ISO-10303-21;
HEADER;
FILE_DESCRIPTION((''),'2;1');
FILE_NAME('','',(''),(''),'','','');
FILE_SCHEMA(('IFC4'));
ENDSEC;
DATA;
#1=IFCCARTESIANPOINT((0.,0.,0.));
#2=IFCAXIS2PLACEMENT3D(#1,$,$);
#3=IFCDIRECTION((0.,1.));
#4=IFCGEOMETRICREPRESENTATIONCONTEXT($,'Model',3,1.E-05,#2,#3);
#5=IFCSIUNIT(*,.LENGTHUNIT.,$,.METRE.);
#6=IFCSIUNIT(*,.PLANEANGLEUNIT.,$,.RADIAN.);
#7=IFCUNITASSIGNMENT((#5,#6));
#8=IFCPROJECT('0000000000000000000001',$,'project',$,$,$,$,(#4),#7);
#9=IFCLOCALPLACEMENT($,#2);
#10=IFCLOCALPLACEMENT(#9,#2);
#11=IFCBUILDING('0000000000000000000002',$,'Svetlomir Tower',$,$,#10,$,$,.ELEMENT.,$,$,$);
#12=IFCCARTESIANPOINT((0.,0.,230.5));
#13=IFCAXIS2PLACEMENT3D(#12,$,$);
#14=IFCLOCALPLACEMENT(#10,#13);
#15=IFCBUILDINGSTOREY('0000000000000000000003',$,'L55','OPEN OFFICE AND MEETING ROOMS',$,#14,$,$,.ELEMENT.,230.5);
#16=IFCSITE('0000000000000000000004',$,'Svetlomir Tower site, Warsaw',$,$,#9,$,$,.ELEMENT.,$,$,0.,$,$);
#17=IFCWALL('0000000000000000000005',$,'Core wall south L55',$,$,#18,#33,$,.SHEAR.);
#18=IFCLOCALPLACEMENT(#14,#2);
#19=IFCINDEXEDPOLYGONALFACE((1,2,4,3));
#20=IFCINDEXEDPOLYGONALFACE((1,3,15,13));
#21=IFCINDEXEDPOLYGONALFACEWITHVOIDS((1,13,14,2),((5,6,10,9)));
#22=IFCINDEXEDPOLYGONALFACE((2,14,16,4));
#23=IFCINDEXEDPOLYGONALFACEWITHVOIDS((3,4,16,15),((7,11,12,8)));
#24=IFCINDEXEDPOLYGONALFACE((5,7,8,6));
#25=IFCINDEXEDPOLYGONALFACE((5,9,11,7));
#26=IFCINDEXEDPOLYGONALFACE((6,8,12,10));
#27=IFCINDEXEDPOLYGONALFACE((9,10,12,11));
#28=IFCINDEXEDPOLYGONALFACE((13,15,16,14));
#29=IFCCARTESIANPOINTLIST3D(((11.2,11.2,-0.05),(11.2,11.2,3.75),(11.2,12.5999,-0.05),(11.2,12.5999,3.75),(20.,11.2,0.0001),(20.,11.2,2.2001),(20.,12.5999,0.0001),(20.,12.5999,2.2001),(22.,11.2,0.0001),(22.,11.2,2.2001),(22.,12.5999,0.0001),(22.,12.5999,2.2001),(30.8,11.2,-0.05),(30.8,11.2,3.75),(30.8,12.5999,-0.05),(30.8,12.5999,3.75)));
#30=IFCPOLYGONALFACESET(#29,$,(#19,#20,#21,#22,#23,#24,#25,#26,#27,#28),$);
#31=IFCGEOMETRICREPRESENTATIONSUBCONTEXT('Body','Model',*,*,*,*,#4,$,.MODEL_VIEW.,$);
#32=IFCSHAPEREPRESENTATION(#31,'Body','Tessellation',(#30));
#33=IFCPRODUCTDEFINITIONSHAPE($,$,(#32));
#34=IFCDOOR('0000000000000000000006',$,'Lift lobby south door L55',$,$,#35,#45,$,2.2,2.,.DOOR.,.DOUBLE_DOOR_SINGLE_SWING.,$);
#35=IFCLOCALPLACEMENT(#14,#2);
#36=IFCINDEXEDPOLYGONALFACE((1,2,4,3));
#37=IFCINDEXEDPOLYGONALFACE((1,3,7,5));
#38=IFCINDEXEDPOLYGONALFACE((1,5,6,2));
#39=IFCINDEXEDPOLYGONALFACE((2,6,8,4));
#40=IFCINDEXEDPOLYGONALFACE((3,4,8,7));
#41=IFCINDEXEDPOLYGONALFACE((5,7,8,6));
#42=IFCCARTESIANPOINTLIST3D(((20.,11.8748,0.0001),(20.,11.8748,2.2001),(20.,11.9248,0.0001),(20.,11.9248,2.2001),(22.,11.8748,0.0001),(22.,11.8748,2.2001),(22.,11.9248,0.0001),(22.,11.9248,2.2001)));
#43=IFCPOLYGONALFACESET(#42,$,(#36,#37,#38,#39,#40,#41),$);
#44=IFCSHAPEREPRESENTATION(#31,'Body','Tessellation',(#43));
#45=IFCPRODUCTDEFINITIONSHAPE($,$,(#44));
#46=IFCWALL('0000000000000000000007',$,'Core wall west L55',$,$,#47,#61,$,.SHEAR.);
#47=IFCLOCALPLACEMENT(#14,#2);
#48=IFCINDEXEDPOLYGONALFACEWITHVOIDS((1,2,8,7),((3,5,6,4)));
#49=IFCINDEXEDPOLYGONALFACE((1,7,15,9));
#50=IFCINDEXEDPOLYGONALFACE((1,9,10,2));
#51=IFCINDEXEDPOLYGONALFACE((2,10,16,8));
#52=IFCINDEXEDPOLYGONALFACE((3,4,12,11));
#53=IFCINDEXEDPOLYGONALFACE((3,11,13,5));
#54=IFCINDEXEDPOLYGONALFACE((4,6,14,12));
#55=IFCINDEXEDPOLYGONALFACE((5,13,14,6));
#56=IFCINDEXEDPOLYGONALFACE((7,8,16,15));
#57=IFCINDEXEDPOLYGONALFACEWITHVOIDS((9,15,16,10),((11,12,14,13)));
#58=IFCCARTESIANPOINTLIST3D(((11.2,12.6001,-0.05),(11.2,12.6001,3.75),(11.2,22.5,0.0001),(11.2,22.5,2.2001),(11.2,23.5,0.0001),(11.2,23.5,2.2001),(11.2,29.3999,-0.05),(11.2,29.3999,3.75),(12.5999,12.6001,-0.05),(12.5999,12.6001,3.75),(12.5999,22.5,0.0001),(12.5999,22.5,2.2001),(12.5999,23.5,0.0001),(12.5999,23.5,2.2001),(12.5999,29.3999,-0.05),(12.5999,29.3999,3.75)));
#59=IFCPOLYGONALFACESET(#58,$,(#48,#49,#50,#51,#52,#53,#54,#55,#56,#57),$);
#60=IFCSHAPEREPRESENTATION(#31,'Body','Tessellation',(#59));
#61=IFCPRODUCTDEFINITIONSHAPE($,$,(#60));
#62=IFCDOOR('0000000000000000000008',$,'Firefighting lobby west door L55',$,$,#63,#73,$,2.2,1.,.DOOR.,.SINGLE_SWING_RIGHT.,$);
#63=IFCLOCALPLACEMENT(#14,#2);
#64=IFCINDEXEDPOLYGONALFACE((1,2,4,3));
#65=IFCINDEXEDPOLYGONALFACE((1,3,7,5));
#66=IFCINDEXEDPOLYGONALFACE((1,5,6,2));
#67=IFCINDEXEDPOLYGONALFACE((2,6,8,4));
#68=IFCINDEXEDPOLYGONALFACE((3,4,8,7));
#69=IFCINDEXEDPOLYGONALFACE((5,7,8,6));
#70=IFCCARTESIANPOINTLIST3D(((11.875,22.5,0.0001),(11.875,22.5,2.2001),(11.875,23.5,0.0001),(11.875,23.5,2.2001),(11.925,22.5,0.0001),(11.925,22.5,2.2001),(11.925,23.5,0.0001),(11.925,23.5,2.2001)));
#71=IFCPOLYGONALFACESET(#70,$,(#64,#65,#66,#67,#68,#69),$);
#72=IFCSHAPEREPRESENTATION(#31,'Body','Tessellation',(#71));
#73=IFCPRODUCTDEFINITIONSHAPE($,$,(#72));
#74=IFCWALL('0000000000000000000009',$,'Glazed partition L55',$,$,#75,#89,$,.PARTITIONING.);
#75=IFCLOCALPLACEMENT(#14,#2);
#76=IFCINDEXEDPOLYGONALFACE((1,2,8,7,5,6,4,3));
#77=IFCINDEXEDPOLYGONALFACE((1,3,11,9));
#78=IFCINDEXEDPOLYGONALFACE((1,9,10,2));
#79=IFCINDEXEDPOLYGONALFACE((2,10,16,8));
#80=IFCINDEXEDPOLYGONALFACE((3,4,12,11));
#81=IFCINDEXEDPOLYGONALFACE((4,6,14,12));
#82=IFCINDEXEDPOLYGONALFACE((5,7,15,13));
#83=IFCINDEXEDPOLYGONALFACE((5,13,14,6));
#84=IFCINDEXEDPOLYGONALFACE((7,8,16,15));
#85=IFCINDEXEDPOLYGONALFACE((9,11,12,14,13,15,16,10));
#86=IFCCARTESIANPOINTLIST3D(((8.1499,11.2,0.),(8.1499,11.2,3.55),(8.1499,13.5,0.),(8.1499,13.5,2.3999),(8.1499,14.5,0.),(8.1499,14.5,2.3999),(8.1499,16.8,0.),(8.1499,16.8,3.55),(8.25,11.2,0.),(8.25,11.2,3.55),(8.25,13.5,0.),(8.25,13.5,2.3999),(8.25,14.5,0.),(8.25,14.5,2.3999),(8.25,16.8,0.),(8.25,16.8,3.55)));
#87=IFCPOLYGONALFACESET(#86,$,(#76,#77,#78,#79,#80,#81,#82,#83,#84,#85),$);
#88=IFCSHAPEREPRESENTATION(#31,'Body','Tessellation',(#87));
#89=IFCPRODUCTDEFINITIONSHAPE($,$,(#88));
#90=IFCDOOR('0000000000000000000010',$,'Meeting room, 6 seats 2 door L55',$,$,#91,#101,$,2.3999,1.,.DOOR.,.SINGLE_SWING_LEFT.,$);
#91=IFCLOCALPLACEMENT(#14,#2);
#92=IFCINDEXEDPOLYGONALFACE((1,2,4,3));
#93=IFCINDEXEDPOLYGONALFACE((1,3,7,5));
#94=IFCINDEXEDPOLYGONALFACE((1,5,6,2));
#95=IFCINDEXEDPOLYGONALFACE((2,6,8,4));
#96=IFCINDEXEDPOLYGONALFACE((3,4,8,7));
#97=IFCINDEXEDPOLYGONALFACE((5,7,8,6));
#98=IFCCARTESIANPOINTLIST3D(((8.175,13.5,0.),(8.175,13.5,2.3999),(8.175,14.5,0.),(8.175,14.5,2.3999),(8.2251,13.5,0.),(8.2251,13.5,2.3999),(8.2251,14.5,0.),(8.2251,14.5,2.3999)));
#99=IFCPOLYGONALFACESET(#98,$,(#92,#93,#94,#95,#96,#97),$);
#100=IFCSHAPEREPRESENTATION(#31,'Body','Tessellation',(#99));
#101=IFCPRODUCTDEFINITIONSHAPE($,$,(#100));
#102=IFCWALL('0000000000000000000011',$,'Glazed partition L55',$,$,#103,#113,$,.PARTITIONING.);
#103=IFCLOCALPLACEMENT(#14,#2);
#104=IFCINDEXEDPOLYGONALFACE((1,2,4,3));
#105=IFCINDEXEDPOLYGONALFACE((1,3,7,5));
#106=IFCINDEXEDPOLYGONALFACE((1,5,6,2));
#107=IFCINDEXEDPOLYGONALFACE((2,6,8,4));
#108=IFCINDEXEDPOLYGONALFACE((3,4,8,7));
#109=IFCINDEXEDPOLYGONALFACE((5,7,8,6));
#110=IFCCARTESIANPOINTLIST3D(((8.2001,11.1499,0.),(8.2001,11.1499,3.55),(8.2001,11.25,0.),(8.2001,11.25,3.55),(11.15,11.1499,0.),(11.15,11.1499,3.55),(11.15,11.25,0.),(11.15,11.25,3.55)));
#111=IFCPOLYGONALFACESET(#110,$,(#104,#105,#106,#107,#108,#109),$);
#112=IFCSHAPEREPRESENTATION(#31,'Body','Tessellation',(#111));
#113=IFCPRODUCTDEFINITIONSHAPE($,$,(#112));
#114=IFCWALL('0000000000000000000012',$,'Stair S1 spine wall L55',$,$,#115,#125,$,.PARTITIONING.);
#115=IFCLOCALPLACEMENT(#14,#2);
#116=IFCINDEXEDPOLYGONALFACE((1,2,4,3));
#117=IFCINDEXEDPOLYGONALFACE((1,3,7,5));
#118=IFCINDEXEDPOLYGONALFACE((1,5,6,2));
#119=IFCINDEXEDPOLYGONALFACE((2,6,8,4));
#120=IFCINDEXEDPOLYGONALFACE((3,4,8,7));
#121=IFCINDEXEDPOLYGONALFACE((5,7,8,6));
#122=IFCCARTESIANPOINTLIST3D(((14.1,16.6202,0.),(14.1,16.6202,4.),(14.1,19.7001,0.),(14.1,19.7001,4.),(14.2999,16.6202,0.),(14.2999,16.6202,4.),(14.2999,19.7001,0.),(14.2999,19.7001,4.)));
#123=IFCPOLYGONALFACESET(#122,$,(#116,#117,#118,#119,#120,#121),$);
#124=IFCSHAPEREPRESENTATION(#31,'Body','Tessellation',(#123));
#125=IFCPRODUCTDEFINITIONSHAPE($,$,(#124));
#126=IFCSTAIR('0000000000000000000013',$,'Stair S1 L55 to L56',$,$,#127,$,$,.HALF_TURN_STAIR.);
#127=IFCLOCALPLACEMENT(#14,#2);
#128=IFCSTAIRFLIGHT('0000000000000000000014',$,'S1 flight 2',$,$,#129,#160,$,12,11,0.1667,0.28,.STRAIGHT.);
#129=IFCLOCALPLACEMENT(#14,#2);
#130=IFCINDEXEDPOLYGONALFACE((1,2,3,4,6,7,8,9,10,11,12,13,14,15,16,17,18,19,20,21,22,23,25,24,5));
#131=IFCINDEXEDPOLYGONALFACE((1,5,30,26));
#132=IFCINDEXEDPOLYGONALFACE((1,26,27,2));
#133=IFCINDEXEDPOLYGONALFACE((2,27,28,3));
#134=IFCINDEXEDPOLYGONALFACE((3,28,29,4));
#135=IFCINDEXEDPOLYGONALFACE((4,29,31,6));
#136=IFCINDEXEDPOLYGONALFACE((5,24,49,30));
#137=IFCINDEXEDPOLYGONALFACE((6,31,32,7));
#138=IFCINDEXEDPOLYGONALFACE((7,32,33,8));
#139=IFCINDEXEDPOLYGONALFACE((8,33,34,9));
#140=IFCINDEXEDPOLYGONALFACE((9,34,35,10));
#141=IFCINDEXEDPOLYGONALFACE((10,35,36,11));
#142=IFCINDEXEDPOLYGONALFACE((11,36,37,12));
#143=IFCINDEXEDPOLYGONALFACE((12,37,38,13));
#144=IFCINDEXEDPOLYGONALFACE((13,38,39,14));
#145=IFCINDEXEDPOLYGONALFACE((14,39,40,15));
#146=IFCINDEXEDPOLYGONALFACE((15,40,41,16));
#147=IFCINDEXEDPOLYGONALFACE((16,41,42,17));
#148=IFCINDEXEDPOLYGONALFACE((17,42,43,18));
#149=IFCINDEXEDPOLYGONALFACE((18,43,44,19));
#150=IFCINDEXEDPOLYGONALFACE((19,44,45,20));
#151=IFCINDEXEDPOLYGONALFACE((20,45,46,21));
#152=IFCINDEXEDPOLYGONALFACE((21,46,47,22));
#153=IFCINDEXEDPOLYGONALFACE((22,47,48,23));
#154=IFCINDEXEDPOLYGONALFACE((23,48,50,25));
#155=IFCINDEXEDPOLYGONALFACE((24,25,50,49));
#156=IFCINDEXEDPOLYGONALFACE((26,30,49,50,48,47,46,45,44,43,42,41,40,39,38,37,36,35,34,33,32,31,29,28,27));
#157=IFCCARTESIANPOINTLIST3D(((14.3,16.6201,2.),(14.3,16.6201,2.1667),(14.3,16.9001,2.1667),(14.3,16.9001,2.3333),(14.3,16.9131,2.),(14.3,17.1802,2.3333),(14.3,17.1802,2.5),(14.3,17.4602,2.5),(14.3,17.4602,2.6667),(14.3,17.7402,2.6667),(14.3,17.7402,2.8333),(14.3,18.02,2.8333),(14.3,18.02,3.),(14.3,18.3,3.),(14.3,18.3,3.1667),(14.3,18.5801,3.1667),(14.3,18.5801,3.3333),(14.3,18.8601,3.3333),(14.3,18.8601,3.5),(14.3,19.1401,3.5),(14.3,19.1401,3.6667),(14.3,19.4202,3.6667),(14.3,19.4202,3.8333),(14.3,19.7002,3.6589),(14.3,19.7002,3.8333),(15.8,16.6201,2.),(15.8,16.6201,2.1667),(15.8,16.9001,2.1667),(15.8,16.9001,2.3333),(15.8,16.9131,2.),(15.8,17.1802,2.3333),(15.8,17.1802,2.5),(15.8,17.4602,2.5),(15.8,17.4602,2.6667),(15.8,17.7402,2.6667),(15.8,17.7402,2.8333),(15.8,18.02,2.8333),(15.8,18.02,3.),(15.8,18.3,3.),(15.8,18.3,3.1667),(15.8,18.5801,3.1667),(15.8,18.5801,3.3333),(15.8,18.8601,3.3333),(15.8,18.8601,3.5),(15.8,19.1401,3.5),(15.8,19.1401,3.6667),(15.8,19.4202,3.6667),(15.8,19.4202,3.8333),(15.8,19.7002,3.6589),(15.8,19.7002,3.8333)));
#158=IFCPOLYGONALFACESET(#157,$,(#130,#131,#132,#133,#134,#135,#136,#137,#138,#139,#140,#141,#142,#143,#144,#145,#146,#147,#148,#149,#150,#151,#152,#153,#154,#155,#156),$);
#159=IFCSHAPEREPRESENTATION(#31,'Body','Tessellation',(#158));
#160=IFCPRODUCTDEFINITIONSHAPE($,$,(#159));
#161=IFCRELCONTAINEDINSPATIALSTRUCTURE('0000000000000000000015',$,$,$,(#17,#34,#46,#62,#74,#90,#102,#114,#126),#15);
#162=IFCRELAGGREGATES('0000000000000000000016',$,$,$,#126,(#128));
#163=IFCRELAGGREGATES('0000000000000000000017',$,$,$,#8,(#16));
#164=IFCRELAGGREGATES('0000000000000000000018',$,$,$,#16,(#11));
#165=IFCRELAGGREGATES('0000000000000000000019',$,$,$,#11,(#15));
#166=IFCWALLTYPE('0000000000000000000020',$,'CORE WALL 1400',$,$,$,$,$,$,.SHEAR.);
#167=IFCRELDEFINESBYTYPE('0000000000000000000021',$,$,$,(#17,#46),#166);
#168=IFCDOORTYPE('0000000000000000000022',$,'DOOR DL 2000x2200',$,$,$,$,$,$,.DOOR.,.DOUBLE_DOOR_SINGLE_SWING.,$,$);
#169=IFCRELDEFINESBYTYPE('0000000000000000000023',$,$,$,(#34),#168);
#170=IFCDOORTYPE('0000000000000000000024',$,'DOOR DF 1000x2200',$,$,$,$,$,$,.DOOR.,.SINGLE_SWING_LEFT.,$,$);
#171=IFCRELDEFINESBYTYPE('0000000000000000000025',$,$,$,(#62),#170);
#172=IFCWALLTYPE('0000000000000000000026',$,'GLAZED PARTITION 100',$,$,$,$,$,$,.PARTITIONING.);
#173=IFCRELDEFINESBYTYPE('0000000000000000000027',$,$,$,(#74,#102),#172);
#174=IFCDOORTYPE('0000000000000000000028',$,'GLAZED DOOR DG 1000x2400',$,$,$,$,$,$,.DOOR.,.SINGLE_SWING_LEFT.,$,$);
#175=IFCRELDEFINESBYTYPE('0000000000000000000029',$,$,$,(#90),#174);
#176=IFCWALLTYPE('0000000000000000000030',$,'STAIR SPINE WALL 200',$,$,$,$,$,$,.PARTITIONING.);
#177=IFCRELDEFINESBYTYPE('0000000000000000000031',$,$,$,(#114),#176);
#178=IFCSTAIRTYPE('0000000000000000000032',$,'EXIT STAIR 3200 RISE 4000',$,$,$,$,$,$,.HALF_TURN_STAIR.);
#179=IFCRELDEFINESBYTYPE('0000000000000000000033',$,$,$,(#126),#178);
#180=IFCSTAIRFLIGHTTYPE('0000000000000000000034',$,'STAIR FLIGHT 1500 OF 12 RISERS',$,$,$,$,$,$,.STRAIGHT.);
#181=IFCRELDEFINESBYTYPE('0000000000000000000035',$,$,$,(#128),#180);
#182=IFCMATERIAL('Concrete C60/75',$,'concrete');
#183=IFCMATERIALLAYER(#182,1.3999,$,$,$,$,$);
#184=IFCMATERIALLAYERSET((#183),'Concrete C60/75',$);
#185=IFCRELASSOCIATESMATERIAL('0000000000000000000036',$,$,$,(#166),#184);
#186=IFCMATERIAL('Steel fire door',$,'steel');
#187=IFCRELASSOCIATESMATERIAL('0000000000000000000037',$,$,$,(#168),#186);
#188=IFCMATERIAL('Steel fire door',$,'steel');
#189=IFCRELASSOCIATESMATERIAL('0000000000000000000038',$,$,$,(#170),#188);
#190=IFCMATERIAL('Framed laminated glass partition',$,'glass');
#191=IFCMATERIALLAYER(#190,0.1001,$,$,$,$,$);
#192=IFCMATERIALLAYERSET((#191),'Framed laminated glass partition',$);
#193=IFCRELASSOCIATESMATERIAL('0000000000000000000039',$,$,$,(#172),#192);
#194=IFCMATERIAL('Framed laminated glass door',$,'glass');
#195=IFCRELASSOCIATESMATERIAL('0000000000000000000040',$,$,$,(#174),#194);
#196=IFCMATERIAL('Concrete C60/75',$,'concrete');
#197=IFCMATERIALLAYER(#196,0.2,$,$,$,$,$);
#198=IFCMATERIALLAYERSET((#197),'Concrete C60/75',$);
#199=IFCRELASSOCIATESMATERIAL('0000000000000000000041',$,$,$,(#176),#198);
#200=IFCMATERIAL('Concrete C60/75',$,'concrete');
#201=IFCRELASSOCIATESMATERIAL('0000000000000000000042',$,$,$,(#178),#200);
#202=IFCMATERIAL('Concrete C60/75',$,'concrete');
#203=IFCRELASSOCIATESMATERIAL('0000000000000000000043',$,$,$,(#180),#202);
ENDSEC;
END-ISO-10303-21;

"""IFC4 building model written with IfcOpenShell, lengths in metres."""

from ifc_helpers import new_model, si_unit, direction, frame, frame_2d, origin, place, context, subcontext, project, spatial, polyline, rectangle, outline, extrude, material, layer, layer_set, type_object, element, fill, aggregate, save


model = new_model("IFC4")

# Units and contexts
model_context = context("Model", 3, precision=1e-05, world=origin(), true_north=direction((0.0, 1.0)))
body_context = subcontext(model_context, "Body", "Model", "MODEL_VIEW")
ifc_project = project(units=[si_unit("LENGTHUNIT", "METRE"), si_unit("PLANEANGLEUNIT", "RADIAN")], contexts=[model_context])

# Site, building, storey
site_placement = place(None, origin())
site = spatial("IfcSite", under=ifc_project, at=site_placement, Name="Svetlomir Tower site, Warsaw", CompositionType="ELEMENT", RefElevation=0.0)
building_placement = place(site_placement, origin())
building = spatial("IfcBuilding", under=site, at=building_placement, Name="Svetlomir Tower", CompositionType="ELEMENT")
storey_placement = place(building_placement, frame((0.0, 0.0, 230.5)))
storey = spatial("IfcBuildingStorey", under=building, at=storey_placement, Name="L55", Description="OPEN OFFICE AND MEETING ROOMS", CompositionType="ELEMENT", Elevation=230.5)

# Walls, openings, doors
ifc_material_1 = material(Name="Concrete C60/75", Category="concrete")
ifc_layer_1 = layer(ifc_material_1, 1.3999)
ifc_layer_set_1 = layer_set([ifc_layer_1], Name="Concrete C60/75")
wall_type_1 = type_object("IfcWallType", Name="CORE WALL 1400", PredefinedType="SHEAR", material=ifc_layer_set_1)
wall_1_placement = place(storey_placement, frame((11.2, 11.8999, -0.05), z_axis=(0.0, 0.0, 1.0), x_axis=(1.0, 0.0, 0.0)))
wall_1 = element("IfcWall", 1, at=wall_1_placement, inside=storey, type_object=wall_type_1, Name="Core wall south L55", PredefinedType="SHEAR", context=body_context, shape_type="SweptSolid", body=[
    extrude(rectangle(XDim=19.6001, YDim=1.3999, at=frame_2d((9.8, 0.0))), origin(), (0.0, 0.0, 1.0), 3.8),
])
opening_1_placement = place(wall_1_placement, frame((8.8, 0.0, 0.05)))
opening_1 = element("IfcOpeningElement", 2, at=opening_1_placement, cuts=wall_1, PredefinedType="OPENING", context=body_context, shape_type="SweptSolid", body=[
    extrude(rectangle(XDim=2.0, YDim=2.2, at=frame_2d((1.0, 1.1001))), frame((0.0, 0.71, 0.0), z_axis=(0.0, -1.0, 0.0), x_axis=(1.0, 0.0, 0.0)), (0.0, 0.0, 1.0), 1.4199),
])
ifc_material_2 = material(Name="Steel fire door", Category="steel")
door_type_1 = type_object("IfcDoorType", Name="DOOR DL 2000x2200", OperationType="DOUBLE_DOOR_SINGLE_SWING", PredefinedType="DOOR", material=ifc_material_2)
door_1_placement = place(opening_1_placement, origin())
door_1 = element("IfcDoor", 3, at=door_1_placement, inside=storey, type_object=door_type_1, Name="Lift lobby south door L55", OperationType="DOUBLE_DOOR_SINGLE_SWING", OverallHeight=2.2, OverallWidth=2.0, PredefinedType="DOOR", context=body_context, shape_type="SweptSolid", body=[
    extrude(rectangle(XDim=2.0, YDim=2.2, at=frame_2d((1.0, 1.1001))), frame((0.0, 0.0249, 0.0), z_axis=(0.0, -1.0, 0.0), x_axis=(1.0, 0.0, 0.0)), (0.0, 0.0, 1.0), 0.05),
])
fill(opening_1, door_1)
wall_2_placement = place(storey_placement, frame((11.8999, 12.6001, -0.05), z_axis=(0.0, 0.0, 1.0), x_axis=(0.0, 1.0, 0.0)))
wall_2 = element("IfcWall", 4, at=wall_2_placement, inside=storey, type_object=wall_type_1, Name="Core wall west L55", PredefinedType="SHEAR", context=body_context, shape_type="SweptSolid", body=[
    extrude(rectangle(XDim=16.7998, YDim=1.3999, at=frame_2d((8.3999, 0.0))), origin(), (0.0, 0.0, 1.0), 3.8),
])
opening_2_placement = place(wall_2_placement, frame((9.8999, 0.0, 0.05)))
opening_2 = element("IfcOpeningElement", 5, at=opening_2_placement, cuts=wall_2, PredefinedType="OPENING", context=body_context, shape_type="SweptSolid", body=[
    extrude(rectangle(XDim=1.0, YDim=2.2, at=frame_2d((0.5, 1.1001))), frame((0.0, 0.71, 0.0), z_axis=(0.0, -1.0, 0.0), x_axis=(1.0, 0.0, 0.0)), (0.0, 0.0, 1.0), 1.4199),
])
ifc_material_3 = material(Name="Steel fire door", Category="steel")
door_type_2 = type_object("IfcDoorType", Name="DOOR DF 1000x2200", OperationType="SINGLE_SWING_LEFT", PredefinedType="DOOR", material=ifc_material_3)
door_2_placement = place(opening_2_placement, origin())
door_2 = element("IfcDoor", 6, at=door_2_placement, inside=storey, type_object=door_type_2, Name="Firefighting lobby west door L55", OperationType="SINGLE_SWING_RIGHT", OverallHeight=2.2, OverallWidth=1.0, PredefinedType="DOOR", context=body_context, shape_type="SweptSolid", body=[
    extrude(rectangle(XDim=1.0, YDim=2.2, at=frame_2d((0.5, 1.1001))), frame((0.0, 0.0249, 0.0), z_axis=(0.0, -1.0, 0.0), x_axis=(1.0, 0.0, 0.0)), (0.0, 0.0, 1.0), 0.05),
])
fill(opening_2, door_2)
ifc_material_4 = material(Name="Framed laminated glass partition", Category="glass")
ifc_layer_2 = layer(ifc_material_4, 0.1001)
ifc_layer_set_2 = layer_set([ifc_layer_2], Name="Framed laminated glass partition")
wall_type_2 = type_object("IfcWallType", Name="GLAZED PARTITION 100", PredefinedType="PARTITIONING", material=ifc_layer_set_2)
wall_3_placement = place(storey_placement, frame((8.2, 11.2, 0.0), z_axis=(0.0, 0.0, 1.0), x_axis=(0.0, 1.0, 0.0)))
wall_3 = element("IfcWall", 7, at=wall_3_placement, inside=storey, type_object=wall_type_2, Name="Glazed partition L55", PredefinedType="PARTITIONING", context=body_context, shape_type="SweptSolid", body=[
    extrude(rectangle(XDim=5.6001, YDim=0.1001, at=frame_2d((2.8, 0.0))), origin(), (0.0, 0.0, 1.0), 3.55),
])
opening_3_placement = place(wall_3_placement, frame((2.3, 0.0, 0.0)))
opening_3 = element("IfcOpeningElement", 8, at=opening_3_placement, cuts=wall_3, PredefinedType="OPENING", context=body_context, shape_type="SweptSolid", body=[
    extrude(rectangle(XDim=1.0, YDim=2.3999, at=frame_2d((0.5, 1.2))), frame((0.0, 0.0601, 0.0), z_axis=(0.0, -1.0, 0.0), x_axis=(1.0, 0.0, 0.0)), (0.0, 0.0, 1.0), 0.1201),
])
ifc_material_5 = material(Name="Framed laminated glass door", Category="glass")
door_type_3 = type_object("IfcDoorType", Name="GLAZED DOOR DG 1000x2400", OperationType="SINGLE_SWING_LEFT", PredefinedType="DOOR", material=ifc_material_5)
door_3_placement = place(opening_3_placement, origin())
door_3 = element("IfcDoor", 9, at=door_3_placement, inside=storey, type_object=door_type_3, Name="Meeting room, 6 seats 2 door L55", OperationType="SINGLE_SWING_LEFT", OverallHeight=2.3999, OverallWidth=1.0, PredefinedType="DOOR", context=body_context, shape_type="SweptSolid", body=[
    extrude(rectangle(XDim=1.0, YDim=2.3999, at=frame_2d((0.5, 1.2))), frame((0.0, 0.0249, 0.0), z_axis=(0.0, -1.0, 0.0), x_axis=(1.0, 0.0, 0.0)), (0.0, 0.0, 1.0), 0.05),
])
fill(opening_3, door_3)

# Walls
wall_4_placement = place(storey_placement, frame((8.2, 11.2, 0.0), z_axis=(0.0, 0.0, 1.0), x_axis=(1.0, 0.0, 0.0)))
element("IfcWall", 10, at=wall_4_placement, inside=storey, type_object=wall_type_2, Name="Glazed partition L55", PredefinedType="PARTITIONING", context=body_context, shape_type="SweptSolid", body=[
    extrude(rectangle(XDim=2.95, YDim=0.1001, at=frame_2d((1.4751, 0.0))), origin(), (0.0, 0.0, 1.0), 3.55),
])
ifc_material_6 = material(Name="Concrete C60/75", Category="concrete")
ifc_layer_3 = layer(ifc_material_6, 0.2)
ifc_layer_set_3 = layer_set([ifc_layer_3], Name="Concrete C60/75")
wall_type_3 = type_object("IfcWallType", Name="STAIR SPINE WALL 200", PredefinedType="PARTITIONING", material=ifc_layer_set_3)
wall_5_placement = place(storey_placement, frame((14.2, 16.6201, 0.0), z_axis=(0.0, 0.0, 1.0), x_axis=(0.0, 1.0, 0.0)))
element("IfcWall", 11, at=wall_5_placement, inside=storey, type_object=wall_type_3, Name="Stair S1 spine wall L55", PredefinedType="PARTITIONING", context=body_context, shape_type="SweptSolid", body=[
    extrude(rectangle(XDim=3.0798, YDim=0.2, at=frame_2d((1.54, 0.0))), origin(), (0.0, 0.0, 1.0), 4.0),
])

# Stair, stair flight
ifc_material_7 = material(Name="Concrete C60/75", Category="concrete")
stair_type = type_object("IfcStairType", Name="EXIT STAIR 3200 RISE 4000", PredefinedType="HALF_TURN_STAIR", material=ifc_material_7)
stair_placement = place(storey_placement, origin())
stair = element("IfcStair", 12, at=stair_placement, inside=storey, type_object=stair_type, Name="Stair S1 L55 to L56", PredefinedType="HALF_TURN_STAIR")
ifc_material_8 = material(Name="Concrete C60/75", Category="concrete")
stair_flight_type = type_object("IfcStairFlightType", Name="STAIR FLIGHT 1500 OF 12 RISERS", PredefinedType="STRAIGHT", material=ifc_material_8)
stair_flight_placement = place(storey_placement, frame((15.05, 16.6201, 2.0), z_axis=(0.0, 0.0, 1.0), x_axis=(0.0, 1.0, 0.0)))
stair_flight = element("IfcStairFlight", 13, at=stair_flight_placement, type_object=stair_flight_type, Name="S1 flight 2", NumberOfRisers=12, NumberOfTreads=11, PredefinedType="STRAIGHT", RiserHeight=0.1667, TreadLength=0.28, context=body_context, shape_type="SweptSolid", body=[
    extrude(outline(polyline([(0.0, 0.0), (0.0, 0.1667), (0.28, 0.1667), (0.28, 0.3333), (0.5601, 0.3333), (0.5601, 0.5), (0.8401, 0.5), (0.8401, 0.6667), (1.1201, 0.6667), (1.1201, 0.8333), (1.3999, 0.8333), (1.3999, 1.0), (1.6799, 1.0), (1.6799, 1.1667), (1.96, 1.1667), (1.96, 1.3333), (2.24, 1.3333), (2.24, 1.5), (2.52, 1.5), (2.52, 1.6667), (2.8, 1.6667), (2.8, 1.8333), (3.0801, 1.8333), (3.0801, 2.0), (3.0801, 1.6589), (0.293, 0.0), (0.0, 0.0)])), frame((0.0, 0.75, 0.0), z_axis=(0.0, -1.0, 0.0), x_axis=(1.0, 0.0, 0.0)), (0.0, 0.0, 1.0), 1.5),
])
aggregate(stair, [stair_flight])

save(model, "model.ifc")
